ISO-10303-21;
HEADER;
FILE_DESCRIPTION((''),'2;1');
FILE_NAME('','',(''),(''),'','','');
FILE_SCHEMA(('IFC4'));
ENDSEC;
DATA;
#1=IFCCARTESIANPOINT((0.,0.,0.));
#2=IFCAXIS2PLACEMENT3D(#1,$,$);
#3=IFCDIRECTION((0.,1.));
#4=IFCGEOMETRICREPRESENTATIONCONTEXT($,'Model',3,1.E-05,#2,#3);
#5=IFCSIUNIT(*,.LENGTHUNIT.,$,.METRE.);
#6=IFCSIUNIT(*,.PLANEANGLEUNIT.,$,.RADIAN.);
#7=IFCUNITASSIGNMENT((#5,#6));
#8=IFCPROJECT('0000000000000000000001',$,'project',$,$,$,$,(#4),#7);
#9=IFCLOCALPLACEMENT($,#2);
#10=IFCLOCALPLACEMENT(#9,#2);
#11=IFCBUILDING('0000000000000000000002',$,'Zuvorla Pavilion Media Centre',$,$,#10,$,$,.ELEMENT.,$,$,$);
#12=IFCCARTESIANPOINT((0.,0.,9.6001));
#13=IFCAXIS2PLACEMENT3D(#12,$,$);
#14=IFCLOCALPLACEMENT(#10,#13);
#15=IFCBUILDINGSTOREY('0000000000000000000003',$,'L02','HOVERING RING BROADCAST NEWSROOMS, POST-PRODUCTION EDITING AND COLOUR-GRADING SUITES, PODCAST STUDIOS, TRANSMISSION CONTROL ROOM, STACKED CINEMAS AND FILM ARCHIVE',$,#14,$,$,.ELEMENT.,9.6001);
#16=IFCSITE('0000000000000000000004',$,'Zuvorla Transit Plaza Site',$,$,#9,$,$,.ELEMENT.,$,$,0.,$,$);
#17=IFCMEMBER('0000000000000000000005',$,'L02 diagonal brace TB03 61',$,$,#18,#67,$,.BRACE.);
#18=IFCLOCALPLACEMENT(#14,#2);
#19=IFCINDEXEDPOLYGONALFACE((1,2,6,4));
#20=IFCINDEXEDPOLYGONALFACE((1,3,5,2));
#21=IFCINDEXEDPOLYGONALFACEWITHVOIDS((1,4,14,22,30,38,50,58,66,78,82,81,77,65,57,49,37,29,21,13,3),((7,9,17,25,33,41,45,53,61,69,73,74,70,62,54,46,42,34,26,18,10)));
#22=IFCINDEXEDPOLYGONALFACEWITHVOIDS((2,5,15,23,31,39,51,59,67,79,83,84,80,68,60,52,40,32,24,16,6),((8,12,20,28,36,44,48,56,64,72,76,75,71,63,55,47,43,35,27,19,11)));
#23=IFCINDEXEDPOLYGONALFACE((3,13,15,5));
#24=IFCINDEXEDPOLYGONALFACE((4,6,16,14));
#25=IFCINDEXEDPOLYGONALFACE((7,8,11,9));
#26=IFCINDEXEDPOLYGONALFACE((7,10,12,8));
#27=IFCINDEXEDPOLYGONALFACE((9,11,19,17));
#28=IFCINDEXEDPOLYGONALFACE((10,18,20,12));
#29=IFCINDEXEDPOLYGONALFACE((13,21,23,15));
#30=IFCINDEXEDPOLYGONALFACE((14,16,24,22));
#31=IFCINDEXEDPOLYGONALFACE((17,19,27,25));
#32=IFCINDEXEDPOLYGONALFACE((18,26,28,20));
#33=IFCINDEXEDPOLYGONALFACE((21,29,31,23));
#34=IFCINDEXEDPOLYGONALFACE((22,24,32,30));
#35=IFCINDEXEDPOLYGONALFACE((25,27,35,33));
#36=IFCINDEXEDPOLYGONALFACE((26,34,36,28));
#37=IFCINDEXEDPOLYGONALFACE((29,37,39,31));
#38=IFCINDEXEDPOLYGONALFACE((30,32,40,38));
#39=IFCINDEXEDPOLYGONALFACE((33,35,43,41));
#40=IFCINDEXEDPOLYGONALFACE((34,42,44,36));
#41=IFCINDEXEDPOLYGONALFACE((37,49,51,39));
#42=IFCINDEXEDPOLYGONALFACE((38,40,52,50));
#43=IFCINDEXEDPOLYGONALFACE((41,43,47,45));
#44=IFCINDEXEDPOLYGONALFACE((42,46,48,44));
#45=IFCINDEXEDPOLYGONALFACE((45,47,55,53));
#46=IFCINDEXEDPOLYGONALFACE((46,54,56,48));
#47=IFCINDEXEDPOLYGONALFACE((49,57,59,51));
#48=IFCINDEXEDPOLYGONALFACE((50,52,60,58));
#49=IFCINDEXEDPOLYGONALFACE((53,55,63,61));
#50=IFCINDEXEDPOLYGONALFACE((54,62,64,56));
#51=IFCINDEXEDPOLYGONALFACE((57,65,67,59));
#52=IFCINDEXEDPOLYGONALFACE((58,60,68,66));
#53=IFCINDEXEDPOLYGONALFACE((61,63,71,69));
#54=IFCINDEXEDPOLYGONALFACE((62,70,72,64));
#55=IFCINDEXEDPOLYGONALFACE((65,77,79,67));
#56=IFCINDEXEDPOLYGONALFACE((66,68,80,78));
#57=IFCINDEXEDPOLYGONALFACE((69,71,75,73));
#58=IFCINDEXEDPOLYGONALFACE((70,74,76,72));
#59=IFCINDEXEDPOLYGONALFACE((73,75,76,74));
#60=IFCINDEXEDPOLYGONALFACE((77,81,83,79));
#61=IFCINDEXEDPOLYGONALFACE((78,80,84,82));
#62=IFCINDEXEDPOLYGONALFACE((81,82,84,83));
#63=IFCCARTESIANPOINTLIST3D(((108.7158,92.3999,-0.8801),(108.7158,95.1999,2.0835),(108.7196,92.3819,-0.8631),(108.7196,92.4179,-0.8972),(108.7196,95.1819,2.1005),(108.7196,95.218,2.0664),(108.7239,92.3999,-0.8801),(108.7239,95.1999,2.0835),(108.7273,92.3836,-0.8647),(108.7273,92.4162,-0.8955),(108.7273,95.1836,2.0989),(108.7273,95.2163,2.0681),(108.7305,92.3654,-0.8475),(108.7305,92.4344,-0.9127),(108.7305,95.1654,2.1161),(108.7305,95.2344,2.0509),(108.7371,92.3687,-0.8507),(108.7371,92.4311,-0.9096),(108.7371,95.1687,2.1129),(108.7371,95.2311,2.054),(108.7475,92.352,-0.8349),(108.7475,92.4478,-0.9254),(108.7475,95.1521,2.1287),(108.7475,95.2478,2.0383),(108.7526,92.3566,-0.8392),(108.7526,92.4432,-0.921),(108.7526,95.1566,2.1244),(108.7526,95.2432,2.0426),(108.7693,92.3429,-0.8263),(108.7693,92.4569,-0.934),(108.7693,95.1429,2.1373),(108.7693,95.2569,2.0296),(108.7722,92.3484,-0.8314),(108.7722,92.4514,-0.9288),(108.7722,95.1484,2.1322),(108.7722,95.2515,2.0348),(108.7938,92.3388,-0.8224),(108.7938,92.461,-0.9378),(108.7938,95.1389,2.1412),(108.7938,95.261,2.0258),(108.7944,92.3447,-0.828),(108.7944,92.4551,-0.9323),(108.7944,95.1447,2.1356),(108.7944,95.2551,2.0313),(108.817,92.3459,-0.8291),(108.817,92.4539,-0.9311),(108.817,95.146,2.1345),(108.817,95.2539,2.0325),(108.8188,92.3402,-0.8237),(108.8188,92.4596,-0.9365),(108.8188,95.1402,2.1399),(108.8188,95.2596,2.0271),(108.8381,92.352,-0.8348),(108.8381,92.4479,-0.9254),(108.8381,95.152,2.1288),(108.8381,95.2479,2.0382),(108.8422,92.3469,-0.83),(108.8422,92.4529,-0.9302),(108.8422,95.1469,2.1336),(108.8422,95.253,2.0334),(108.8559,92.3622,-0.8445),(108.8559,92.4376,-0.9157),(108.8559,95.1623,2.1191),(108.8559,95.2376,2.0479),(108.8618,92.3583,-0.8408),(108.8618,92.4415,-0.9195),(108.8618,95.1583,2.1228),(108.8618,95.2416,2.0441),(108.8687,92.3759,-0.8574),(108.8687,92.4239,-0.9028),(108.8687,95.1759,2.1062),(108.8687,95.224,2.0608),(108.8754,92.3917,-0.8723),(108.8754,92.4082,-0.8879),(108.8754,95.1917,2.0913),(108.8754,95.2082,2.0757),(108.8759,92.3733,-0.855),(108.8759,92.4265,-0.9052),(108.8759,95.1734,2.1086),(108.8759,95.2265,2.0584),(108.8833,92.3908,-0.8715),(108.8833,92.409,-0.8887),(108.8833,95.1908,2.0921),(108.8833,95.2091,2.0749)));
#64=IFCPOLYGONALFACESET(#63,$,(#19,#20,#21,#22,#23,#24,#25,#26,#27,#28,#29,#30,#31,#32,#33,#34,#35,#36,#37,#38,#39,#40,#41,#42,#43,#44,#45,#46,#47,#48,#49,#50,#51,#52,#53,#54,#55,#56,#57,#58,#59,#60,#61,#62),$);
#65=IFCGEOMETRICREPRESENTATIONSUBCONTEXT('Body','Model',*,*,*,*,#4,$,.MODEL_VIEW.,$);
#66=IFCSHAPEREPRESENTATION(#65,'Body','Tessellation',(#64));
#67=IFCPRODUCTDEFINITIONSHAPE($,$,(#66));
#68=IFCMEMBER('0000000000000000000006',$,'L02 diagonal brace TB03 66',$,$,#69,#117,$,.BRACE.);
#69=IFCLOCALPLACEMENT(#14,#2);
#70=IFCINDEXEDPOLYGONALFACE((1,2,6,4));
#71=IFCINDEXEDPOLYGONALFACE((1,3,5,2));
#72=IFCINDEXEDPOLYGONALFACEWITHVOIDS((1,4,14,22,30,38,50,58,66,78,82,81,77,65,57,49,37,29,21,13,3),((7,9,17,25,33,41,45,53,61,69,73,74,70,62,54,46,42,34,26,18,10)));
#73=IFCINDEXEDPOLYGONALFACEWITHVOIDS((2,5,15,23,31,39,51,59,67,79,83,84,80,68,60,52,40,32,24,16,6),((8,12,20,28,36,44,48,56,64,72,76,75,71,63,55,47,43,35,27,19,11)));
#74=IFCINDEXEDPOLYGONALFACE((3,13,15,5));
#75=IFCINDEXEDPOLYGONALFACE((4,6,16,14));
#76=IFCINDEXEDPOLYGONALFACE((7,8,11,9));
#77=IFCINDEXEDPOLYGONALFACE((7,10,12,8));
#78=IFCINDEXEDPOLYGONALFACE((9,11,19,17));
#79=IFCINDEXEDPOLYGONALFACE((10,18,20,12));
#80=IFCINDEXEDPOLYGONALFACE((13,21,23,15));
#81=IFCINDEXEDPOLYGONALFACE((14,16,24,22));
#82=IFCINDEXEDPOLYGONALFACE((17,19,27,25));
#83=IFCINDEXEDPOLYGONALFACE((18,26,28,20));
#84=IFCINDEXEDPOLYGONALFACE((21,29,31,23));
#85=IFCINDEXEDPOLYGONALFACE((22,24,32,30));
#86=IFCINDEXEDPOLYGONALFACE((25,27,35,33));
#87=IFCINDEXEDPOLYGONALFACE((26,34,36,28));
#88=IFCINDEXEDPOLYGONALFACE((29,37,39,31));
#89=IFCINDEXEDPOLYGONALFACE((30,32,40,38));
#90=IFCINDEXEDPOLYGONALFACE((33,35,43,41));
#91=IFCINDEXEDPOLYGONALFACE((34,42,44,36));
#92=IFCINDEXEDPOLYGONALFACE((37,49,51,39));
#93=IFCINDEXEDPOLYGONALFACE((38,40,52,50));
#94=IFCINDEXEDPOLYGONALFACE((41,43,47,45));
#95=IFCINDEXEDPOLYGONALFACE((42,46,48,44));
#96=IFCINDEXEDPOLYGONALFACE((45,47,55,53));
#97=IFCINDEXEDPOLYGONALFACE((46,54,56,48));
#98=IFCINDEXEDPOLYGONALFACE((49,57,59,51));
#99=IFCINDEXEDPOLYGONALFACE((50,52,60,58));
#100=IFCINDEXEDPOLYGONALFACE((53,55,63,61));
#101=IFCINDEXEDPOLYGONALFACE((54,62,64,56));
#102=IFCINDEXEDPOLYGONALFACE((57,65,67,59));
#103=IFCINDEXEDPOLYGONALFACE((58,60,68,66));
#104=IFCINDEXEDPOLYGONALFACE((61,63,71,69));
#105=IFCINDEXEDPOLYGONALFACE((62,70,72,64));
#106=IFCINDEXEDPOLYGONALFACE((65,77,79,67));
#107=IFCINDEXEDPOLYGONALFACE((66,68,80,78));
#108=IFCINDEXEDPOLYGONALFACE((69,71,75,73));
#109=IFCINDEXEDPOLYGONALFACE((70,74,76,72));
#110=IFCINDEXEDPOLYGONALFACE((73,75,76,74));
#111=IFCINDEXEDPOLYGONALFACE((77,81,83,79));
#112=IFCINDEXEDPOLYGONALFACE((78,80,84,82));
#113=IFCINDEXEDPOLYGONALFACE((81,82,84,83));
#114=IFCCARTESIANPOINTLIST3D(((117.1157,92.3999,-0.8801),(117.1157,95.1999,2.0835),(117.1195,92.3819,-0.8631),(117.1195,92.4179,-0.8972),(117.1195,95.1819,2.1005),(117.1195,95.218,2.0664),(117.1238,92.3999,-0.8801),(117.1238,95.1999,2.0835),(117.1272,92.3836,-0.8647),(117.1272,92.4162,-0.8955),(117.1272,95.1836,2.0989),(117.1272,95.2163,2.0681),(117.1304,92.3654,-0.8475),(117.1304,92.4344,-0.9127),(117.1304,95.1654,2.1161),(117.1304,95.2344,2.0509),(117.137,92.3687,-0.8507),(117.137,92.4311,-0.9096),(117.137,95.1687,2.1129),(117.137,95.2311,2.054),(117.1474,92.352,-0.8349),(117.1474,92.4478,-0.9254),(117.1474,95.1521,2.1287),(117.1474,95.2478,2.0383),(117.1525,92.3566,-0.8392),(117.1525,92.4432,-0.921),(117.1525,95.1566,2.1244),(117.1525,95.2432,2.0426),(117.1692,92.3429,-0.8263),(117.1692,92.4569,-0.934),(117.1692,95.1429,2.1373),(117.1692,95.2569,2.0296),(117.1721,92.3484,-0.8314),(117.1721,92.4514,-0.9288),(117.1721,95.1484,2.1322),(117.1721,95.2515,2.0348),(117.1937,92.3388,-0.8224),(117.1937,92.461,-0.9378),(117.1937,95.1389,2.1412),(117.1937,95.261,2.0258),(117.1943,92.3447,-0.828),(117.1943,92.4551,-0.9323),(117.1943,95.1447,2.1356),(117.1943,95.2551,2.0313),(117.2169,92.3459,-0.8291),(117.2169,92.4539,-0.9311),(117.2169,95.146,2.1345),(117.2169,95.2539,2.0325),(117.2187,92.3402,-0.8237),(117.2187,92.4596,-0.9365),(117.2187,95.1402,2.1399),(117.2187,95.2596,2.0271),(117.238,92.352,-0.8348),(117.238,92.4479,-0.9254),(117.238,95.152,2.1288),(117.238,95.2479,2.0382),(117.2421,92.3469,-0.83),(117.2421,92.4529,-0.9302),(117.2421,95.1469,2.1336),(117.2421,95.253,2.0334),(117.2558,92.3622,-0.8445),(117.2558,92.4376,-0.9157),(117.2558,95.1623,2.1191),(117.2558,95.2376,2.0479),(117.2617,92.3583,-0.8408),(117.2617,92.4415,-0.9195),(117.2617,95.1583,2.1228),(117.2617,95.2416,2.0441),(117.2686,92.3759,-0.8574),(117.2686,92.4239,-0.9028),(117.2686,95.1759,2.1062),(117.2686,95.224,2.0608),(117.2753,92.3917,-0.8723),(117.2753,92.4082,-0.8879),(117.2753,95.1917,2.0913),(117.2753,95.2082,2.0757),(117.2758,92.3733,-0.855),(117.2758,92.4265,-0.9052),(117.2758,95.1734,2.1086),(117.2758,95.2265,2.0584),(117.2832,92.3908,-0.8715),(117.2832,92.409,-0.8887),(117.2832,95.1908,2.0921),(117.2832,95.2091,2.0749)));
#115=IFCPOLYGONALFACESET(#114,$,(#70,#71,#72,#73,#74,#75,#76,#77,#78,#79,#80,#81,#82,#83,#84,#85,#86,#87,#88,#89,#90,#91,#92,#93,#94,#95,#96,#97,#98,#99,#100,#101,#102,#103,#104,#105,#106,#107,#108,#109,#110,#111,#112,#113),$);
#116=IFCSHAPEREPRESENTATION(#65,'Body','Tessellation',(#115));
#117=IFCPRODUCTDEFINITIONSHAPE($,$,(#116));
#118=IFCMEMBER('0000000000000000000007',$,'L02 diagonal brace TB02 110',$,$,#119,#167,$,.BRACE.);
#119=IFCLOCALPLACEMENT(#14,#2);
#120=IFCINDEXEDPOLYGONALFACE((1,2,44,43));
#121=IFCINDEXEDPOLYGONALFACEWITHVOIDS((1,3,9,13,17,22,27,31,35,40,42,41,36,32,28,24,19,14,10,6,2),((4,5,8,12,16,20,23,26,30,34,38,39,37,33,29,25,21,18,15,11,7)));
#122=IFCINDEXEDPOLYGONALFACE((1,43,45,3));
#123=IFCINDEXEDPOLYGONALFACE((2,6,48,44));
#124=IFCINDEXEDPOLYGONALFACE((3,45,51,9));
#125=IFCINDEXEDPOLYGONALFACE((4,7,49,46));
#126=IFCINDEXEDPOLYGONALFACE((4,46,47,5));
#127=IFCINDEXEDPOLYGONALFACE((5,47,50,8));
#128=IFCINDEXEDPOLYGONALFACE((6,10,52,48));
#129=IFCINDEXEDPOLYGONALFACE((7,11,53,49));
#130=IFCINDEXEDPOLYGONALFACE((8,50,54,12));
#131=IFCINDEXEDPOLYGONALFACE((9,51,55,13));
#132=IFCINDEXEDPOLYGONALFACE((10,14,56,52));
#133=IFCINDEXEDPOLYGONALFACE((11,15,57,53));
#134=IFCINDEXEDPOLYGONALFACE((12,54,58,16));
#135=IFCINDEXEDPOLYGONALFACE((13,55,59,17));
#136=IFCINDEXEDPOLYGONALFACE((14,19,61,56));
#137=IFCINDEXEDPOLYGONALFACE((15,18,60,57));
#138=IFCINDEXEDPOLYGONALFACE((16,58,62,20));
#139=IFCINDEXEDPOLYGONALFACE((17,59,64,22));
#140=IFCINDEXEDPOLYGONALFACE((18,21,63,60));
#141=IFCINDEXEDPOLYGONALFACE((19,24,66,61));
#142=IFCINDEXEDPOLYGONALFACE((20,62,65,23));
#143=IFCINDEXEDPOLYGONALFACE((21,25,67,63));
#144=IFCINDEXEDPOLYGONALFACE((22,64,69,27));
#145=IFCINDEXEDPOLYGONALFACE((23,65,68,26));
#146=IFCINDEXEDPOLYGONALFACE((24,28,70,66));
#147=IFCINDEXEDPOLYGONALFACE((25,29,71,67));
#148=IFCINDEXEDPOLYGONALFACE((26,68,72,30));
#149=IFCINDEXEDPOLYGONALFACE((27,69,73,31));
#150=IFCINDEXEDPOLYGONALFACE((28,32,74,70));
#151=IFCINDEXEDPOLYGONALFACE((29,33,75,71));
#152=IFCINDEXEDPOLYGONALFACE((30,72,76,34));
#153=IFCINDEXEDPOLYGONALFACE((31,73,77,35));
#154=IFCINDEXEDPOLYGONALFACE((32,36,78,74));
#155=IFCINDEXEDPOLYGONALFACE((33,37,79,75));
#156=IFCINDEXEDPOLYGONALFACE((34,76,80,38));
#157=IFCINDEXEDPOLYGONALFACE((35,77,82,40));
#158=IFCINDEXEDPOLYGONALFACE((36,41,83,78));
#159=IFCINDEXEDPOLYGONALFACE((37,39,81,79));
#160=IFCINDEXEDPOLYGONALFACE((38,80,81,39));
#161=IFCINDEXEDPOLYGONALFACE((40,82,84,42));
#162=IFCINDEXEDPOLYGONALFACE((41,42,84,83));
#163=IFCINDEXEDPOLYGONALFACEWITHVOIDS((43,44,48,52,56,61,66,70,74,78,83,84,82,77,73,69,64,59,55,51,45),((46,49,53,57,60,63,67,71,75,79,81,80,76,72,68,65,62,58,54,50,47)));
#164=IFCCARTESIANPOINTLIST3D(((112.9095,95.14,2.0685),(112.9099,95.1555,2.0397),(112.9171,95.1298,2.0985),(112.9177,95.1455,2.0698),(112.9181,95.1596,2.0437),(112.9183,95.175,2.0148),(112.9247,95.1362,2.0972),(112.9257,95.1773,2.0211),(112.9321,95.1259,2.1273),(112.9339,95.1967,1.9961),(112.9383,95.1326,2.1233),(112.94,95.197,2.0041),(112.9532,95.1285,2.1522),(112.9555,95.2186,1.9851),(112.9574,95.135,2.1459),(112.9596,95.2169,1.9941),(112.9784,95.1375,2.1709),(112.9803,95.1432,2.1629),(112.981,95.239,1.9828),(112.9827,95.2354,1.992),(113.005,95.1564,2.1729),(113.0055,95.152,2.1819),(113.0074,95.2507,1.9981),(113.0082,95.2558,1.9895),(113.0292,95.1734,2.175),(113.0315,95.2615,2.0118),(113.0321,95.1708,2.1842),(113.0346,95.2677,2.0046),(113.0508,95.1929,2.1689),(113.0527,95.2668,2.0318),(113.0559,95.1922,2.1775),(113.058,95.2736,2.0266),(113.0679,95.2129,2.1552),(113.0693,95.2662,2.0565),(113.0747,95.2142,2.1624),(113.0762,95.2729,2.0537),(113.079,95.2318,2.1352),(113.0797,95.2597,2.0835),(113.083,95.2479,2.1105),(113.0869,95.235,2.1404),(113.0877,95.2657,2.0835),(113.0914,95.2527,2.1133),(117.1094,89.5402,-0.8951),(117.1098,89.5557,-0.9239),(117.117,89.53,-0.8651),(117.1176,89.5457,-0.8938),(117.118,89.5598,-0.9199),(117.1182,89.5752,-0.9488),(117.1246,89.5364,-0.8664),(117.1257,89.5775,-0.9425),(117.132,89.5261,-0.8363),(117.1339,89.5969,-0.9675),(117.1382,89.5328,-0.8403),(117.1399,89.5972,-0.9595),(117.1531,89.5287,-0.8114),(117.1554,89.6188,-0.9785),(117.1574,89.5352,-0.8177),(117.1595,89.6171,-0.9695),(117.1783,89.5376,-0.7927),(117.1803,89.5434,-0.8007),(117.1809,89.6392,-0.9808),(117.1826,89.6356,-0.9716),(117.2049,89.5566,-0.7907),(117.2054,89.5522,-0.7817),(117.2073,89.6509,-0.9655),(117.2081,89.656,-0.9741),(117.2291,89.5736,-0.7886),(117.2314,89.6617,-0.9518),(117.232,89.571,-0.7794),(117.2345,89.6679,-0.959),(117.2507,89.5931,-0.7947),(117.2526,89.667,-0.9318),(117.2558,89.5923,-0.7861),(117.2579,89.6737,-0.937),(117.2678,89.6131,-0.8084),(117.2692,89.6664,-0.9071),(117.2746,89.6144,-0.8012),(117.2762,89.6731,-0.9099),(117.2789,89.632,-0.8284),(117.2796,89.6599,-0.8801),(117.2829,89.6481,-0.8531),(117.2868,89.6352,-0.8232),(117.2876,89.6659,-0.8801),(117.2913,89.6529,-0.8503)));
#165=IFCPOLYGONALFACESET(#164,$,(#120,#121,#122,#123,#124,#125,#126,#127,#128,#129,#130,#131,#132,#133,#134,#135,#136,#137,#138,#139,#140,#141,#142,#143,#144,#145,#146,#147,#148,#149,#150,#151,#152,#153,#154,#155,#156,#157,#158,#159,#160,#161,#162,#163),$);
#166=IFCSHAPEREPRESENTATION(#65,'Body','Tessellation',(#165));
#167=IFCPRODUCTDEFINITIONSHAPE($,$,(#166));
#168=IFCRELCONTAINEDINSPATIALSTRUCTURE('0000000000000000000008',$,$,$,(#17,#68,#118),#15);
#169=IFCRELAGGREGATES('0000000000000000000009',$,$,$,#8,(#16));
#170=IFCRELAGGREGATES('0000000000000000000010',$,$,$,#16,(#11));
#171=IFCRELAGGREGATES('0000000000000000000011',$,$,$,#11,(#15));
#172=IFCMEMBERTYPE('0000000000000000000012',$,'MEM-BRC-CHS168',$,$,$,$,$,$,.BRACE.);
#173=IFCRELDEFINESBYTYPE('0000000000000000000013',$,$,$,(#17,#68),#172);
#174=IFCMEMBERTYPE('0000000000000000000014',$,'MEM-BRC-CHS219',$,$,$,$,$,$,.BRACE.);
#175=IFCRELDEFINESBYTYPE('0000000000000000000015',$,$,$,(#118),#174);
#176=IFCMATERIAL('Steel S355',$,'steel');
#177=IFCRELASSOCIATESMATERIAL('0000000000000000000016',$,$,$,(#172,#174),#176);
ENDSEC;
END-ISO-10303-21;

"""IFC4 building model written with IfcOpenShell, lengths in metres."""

from ifc_helpers import new_model, si_unit, direction, frame, origin, origin_2d, place, context, subcontext, project, spatial, hollow_circle, extrude, material, material_profile, profile_set, type_object, element, save


model = new_model("IFC4")

# Units and contexts
model_context = context("Model", 3, precision=1e-05, world=origin(), true_north=direction((0.0, 1.0)))
body_context = subcontext(model_context, "Body", "Model", "MODEL_VIEW")
ifc_project = project(units=[si_unit("LENGTHUNIT", "METRE"), si_unit("PLANEANGLEUNIT", "RADIAN")], contexts=[model_context])

# Site, building, storey
site_placement = place(None, origin())
site = spatial("IfcSite", under=ifc_project, at=site_placement, Name="Zuvorla Transit Plaza Site", CompositionType="ELEMENT", RefElevation=0.0)
building_placement = place(site_placement, origin())
building = spatial("IfcBuilding", under=site, at=building_placement, Name="Zuvorla Pavilion Media Centre", CompositionType="ELEMENT")
storey_placement = place(building_placement, frame((0.0, 0.0, 9.6001)))
storey = spatial("IfcBuildingStorey", under=building, at=storey_placement, Name="L02", Description="HOVERING RING BROADCAST NEWSROOMS, POST-PRODUCTION EDITING AND COLOUR-GRADING SUITES, PODCAST STUDIOS, TRANSMISSION CONTROL ROOM, STACKED CINEMAS AND FILM ARCHIVE", CompositionType="ELEMENT", Elevation=9.6001)

# Members
ifc_material = material(Name="Steel S355", Category="steel")
ifc_material_profile_1 = material_profile(ifc_material, hollow_circle(Radius=0.0842, WallThickness=0.0081, at=origin_2d()), Name="CHS 168.3x8")
ifc_profile_set_1 = profile_set([ifc_material_profile_1], Name="Steel S355")
member_type_1 = type_object("IfcMemberType", Name="MEM-BRC-CHS168", PredefinedType="BRACE", material=ifc_profile_set_1)
for number, where, z_axis, x_axis, name in (
    (1, (108.8, 92.3999, -0.8801), (0.0, 0.686762, 0.726882), (-1.0, 0.0, 0.0), "L02 diagonal brace TB03 61"),
    (2, (117.2, 92.3999, -0.8801), (0.0, 0.686762, 0.726882), (-1.0, 0.0, 0.0), "L02 diagonal brace TB03 66"),
):
    element("IfcMember", number, at=place(storey_placement, frame(where, z_axis=z_axis, x_axis=x_axis)), inside=storey, type_object=member_type_1, Name=name, PredefinedType="BRACE", context=body_context, shape_type="SweptSolid", body=[
        extrude(hollow_circle(Radius=0.0842, WallThickness=0.0081, at=origin_2d()), origin(), (0.0, 0.0, 1.0), 4.0771),
    ])
ifc_material_profile_2 = material_profile(ifc_material, hollow_circle(Radius=0.1096, WallThickness=0.01, at=origin_2d()), Name="CHS 219.1x10")
ifc_profile_set_2 = profile_set([ifc_material_profile_2], Name="Steel S355")
member_type_2 = type_object("IfcMemberType", Name="MEM-BRC-CHS219", PredefinedType="BRACE", material=ifc_profile_set_2)
for number, where, z_axis, x_axis, name in (
    (3, (113.0, 95.2, 2.0835), (0.552525, -0.736689, -0.389879), (0.799996, 0.600006, 0.0), "L02 diagonal brace TB02 110"),
):
    element("IfcMember", number, at=place(storey_placement, frame(where, z_axis=z_axis, x_axis=x_axis)), inside=storey, type_object=member_type_2, Name=name, PredefinedType="BRACE", context=body_context, shape_type="SweptSolid", body=[
        extrude(hollow_circle(Radius=0.1096, WallThickness=0.01, at=origin_2d()), origin(), (0.0, 0.0, 1.0), 7.6013),
    ])

save(model, "model.ifc")
